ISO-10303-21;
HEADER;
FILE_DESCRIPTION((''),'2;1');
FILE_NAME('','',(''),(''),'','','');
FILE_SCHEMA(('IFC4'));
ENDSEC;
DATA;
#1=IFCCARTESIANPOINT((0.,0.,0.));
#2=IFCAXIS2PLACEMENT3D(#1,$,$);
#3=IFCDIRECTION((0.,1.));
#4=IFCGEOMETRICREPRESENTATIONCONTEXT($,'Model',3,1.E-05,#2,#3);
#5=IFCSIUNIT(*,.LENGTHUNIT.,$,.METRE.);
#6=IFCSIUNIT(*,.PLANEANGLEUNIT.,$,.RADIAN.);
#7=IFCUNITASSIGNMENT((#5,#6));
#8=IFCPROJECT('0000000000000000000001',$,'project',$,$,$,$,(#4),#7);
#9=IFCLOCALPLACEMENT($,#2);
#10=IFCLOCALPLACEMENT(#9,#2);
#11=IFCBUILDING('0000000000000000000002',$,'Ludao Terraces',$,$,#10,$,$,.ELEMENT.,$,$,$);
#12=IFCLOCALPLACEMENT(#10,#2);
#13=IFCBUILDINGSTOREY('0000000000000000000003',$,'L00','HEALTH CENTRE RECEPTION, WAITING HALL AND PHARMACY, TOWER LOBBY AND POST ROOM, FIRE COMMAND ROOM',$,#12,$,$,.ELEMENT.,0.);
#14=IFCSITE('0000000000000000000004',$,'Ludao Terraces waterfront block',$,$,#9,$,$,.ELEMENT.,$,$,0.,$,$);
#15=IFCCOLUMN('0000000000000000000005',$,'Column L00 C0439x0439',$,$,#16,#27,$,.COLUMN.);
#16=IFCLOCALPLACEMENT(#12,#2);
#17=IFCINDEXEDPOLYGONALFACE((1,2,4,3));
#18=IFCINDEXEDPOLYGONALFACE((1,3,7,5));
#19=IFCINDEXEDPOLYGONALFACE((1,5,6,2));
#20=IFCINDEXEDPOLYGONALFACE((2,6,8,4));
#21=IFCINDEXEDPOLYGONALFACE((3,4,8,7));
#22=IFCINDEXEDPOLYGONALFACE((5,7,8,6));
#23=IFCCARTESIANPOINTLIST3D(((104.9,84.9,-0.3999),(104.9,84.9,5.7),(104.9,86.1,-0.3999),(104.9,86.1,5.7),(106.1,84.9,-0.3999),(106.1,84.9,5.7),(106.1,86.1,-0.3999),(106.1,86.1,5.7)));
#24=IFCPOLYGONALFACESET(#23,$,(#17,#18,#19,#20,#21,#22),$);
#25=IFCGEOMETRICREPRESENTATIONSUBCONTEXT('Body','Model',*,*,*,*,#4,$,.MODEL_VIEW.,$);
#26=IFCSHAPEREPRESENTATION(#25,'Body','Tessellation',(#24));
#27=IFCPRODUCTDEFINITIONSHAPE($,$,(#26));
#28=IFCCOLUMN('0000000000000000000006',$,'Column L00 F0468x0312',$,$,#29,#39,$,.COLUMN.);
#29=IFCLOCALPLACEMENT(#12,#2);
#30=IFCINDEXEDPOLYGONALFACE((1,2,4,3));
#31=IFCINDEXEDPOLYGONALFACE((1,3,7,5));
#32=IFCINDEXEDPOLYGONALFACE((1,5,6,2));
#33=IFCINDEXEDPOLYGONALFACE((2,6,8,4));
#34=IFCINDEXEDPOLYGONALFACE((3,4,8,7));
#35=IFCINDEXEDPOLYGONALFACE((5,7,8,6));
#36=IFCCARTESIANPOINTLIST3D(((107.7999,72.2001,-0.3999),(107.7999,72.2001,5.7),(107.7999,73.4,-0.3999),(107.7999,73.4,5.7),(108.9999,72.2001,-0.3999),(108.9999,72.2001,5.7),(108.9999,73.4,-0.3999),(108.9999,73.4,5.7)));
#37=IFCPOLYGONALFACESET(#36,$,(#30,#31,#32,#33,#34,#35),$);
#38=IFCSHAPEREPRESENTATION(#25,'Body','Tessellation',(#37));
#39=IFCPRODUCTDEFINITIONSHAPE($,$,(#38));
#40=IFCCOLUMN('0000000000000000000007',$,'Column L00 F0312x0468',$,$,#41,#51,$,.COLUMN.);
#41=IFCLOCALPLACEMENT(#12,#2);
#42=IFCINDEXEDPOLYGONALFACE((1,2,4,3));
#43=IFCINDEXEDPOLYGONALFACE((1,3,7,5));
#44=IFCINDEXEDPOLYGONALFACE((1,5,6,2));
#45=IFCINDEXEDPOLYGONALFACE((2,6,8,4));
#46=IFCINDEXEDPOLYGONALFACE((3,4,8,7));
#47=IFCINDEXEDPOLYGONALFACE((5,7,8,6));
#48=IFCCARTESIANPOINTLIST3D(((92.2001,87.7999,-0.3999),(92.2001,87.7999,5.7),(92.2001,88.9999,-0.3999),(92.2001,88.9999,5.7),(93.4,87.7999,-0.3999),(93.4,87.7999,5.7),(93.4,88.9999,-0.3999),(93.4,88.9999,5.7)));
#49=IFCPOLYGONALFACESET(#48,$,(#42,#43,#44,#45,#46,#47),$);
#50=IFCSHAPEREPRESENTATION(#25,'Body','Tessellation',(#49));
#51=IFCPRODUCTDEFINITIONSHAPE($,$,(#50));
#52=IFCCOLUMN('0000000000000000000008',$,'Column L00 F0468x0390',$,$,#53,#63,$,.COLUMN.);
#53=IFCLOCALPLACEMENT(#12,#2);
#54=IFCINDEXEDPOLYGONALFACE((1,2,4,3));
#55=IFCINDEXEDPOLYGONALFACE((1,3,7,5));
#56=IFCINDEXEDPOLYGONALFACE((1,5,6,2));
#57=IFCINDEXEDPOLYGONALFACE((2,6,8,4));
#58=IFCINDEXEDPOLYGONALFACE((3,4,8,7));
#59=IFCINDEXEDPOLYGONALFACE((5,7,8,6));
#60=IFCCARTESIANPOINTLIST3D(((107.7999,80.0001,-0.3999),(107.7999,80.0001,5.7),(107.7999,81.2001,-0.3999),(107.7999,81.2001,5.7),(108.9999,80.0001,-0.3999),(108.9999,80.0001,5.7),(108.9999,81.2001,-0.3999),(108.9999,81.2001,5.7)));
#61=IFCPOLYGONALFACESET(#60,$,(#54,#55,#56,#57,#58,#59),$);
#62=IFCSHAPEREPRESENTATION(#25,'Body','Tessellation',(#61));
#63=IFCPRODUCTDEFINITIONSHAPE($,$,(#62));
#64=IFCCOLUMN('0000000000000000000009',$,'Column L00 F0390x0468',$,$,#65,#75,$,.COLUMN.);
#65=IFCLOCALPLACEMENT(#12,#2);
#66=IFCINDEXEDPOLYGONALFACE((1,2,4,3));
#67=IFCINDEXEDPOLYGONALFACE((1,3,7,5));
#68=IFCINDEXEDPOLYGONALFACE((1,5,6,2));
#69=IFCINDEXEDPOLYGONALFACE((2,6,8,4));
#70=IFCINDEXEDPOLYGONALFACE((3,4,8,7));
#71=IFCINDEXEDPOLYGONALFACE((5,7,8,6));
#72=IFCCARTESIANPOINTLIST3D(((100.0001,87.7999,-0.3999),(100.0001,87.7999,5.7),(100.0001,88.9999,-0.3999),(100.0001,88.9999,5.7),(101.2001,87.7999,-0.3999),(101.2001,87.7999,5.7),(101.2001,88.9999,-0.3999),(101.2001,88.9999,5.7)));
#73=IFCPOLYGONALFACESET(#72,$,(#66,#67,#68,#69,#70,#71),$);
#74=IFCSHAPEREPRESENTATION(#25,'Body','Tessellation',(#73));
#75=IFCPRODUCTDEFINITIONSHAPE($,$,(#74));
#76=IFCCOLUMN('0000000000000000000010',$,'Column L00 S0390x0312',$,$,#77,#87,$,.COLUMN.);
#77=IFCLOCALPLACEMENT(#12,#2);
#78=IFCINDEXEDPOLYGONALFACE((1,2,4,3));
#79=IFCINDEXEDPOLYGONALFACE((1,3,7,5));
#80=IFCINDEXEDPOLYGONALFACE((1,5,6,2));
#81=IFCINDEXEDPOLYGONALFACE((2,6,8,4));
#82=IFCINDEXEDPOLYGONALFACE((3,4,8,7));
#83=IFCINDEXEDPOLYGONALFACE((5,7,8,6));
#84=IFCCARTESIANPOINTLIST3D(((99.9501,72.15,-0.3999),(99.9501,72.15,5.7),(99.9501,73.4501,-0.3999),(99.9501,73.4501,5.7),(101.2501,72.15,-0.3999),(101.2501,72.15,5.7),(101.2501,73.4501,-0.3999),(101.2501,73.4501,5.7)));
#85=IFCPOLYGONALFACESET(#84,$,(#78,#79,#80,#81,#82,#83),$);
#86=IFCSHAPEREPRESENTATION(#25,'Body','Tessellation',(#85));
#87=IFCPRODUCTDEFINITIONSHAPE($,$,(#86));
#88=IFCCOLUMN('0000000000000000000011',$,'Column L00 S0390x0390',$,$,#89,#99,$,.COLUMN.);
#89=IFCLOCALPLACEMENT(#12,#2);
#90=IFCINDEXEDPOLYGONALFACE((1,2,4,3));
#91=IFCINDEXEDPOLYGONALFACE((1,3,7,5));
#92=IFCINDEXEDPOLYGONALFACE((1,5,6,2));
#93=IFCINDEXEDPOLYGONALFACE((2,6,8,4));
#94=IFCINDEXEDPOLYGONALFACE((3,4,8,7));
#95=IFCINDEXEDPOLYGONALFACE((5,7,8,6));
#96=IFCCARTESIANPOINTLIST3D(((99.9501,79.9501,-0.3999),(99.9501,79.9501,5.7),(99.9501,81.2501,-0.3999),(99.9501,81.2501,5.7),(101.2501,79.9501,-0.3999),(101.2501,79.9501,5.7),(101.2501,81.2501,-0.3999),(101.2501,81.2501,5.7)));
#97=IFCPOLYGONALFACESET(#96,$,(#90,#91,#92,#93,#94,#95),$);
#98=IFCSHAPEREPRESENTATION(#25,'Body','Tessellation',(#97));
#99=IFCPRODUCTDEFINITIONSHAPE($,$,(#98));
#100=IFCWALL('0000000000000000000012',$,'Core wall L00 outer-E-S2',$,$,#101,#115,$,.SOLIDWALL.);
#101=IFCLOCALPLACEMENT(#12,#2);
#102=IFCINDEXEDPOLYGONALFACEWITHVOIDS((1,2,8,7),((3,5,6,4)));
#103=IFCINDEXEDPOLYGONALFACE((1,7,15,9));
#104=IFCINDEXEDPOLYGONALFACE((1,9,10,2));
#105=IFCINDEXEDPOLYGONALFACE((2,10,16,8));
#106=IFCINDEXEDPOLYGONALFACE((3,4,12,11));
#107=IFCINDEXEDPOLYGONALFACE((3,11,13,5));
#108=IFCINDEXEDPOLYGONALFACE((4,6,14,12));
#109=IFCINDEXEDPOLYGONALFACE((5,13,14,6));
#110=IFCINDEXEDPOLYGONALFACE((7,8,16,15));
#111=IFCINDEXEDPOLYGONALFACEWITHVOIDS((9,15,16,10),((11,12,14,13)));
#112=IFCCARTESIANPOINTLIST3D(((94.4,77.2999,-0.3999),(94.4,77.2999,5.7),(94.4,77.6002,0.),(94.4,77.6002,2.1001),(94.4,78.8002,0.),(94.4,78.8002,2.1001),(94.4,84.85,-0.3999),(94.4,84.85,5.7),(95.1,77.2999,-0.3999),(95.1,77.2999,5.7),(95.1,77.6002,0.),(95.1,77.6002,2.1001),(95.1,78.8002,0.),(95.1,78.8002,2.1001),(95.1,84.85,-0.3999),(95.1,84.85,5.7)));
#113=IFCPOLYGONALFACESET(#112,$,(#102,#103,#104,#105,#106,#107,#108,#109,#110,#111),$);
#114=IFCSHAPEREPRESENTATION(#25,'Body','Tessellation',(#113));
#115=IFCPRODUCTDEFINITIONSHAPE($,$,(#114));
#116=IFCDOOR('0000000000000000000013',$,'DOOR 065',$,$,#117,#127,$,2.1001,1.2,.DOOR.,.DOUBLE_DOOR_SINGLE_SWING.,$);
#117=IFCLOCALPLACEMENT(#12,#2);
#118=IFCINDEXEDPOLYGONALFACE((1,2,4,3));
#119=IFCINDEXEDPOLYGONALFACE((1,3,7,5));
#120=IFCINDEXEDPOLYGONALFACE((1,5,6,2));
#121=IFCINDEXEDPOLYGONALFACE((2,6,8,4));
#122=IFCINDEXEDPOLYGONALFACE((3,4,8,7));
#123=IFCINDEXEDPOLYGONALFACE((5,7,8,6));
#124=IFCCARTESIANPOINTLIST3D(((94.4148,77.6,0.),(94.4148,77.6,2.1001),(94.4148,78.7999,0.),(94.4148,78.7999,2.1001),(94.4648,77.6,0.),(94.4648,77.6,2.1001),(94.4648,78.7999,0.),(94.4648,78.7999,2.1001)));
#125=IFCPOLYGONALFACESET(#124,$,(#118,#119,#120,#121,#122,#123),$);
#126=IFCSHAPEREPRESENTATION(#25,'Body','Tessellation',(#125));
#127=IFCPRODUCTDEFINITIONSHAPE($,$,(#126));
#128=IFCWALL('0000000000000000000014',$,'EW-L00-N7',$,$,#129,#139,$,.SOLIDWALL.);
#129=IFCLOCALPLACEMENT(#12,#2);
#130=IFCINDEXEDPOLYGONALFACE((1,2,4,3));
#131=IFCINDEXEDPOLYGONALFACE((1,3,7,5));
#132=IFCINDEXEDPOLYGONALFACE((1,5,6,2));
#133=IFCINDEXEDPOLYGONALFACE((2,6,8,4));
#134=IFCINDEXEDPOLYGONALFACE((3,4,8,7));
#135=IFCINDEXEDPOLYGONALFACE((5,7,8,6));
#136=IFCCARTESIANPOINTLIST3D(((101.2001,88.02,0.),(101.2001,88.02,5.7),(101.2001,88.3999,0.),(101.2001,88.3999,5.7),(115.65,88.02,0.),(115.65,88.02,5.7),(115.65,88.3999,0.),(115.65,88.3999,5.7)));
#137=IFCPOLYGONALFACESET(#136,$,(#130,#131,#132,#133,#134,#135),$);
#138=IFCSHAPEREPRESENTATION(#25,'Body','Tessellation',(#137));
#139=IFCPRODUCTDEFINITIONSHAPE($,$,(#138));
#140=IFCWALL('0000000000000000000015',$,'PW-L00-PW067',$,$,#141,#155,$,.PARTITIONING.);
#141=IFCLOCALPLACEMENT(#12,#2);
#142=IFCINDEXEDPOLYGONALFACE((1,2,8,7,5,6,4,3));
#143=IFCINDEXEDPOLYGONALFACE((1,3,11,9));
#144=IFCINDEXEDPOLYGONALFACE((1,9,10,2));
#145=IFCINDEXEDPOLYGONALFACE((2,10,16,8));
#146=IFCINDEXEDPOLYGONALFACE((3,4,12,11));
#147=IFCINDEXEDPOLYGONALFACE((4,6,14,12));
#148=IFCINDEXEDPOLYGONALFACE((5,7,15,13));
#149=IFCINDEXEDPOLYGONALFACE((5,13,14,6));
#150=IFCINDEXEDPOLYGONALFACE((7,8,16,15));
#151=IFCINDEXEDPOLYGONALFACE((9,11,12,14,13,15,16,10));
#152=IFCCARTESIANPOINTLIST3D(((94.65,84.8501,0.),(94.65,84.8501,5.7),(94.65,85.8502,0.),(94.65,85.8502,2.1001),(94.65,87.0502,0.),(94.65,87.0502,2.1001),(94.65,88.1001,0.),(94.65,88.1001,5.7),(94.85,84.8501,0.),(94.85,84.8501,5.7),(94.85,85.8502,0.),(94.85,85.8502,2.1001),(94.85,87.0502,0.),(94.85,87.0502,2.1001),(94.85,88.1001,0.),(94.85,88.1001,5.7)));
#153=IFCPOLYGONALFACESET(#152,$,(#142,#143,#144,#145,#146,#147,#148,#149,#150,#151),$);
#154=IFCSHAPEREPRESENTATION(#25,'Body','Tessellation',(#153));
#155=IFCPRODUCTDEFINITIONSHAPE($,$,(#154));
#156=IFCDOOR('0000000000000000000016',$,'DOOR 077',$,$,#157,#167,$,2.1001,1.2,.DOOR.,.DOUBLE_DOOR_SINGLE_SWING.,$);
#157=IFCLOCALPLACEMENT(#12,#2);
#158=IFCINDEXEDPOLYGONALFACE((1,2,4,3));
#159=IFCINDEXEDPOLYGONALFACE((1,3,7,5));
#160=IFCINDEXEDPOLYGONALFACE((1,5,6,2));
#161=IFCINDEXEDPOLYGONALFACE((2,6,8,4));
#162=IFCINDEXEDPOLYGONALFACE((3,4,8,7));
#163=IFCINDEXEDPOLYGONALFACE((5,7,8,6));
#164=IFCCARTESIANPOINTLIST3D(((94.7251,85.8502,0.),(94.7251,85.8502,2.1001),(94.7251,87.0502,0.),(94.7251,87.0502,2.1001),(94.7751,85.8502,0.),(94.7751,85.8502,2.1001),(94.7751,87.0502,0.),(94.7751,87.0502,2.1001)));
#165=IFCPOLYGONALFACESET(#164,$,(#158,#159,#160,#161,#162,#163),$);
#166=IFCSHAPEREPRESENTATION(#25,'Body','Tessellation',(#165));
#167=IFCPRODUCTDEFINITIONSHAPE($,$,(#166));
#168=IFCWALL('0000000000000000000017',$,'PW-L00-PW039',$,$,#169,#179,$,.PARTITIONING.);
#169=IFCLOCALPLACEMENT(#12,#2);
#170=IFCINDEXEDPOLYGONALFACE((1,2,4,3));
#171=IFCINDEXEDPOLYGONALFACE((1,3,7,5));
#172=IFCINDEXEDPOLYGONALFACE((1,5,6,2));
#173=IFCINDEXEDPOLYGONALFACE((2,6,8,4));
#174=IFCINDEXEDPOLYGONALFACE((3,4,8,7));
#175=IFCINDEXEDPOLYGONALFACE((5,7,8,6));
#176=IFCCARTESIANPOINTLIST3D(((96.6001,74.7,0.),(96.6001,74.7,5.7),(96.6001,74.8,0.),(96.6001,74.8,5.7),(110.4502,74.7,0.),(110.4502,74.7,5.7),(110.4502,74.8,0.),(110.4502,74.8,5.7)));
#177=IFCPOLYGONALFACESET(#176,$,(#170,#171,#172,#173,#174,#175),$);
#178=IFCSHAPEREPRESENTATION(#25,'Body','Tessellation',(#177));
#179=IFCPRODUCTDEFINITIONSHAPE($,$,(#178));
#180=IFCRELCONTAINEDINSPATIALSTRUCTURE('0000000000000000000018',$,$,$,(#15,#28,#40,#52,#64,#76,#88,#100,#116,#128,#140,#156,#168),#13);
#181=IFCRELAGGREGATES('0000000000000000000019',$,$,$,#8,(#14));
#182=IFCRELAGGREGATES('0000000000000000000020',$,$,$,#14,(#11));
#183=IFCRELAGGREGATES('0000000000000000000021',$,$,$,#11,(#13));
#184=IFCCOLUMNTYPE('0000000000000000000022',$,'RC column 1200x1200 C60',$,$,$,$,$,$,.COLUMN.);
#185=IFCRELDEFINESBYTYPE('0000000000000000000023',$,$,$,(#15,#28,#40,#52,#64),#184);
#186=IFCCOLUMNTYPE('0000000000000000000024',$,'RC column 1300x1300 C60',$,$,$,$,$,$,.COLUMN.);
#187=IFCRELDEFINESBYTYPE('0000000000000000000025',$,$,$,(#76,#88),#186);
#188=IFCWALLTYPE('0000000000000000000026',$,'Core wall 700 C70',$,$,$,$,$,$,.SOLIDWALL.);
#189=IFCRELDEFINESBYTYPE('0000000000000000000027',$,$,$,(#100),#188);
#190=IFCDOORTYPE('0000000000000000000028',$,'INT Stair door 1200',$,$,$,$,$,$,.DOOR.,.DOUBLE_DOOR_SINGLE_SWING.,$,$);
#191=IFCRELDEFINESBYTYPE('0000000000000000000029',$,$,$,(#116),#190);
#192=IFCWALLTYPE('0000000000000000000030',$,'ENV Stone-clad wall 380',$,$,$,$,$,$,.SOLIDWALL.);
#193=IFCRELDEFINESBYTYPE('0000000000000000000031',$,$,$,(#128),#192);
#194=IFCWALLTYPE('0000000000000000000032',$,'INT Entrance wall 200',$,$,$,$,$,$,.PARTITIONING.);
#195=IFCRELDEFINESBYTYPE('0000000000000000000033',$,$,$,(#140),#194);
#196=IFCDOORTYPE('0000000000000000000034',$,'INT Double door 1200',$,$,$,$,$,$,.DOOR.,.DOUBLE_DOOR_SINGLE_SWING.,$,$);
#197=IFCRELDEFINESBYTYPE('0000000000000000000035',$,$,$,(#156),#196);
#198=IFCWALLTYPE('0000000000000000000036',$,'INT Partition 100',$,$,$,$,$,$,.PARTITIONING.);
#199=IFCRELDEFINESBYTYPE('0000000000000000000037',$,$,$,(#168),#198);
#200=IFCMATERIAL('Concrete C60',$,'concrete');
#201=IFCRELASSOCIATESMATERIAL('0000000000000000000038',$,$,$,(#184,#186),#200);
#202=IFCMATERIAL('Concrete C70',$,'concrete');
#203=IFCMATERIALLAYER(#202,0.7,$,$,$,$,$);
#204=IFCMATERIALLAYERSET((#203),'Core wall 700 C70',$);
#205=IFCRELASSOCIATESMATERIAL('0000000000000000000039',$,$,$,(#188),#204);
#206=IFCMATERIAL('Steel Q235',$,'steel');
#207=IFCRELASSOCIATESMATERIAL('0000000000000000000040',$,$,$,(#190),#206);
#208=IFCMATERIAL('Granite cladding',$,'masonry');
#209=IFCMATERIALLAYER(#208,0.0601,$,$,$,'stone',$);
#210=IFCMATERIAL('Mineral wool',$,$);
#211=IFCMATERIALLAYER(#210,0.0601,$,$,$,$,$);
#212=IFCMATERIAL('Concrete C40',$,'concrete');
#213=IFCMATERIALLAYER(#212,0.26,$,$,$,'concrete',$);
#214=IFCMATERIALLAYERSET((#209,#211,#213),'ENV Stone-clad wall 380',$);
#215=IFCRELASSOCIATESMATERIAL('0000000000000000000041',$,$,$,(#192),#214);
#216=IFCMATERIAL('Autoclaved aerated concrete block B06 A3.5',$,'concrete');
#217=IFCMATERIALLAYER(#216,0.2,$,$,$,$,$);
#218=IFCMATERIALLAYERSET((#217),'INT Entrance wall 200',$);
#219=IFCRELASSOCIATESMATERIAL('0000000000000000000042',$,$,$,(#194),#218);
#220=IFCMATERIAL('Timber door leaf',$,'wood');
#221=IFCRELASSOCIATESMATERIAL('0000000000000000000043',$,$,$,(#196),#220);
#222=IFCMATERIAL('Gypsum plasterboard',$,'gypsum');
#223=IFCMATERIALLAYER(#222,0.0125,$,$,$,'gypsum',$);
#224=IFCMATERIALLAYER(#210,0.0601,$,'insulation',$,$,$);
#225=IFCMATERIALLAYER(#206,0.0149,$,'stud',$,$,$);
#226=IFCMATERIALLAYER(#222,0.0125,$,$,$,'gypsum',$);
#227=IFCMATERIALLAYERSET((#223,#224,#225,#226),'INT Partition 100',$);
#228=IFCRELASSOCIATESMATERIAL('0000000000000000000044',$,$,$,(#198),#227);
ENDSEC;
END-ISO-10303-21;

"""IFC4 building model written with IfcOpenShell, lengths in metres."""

from ifc_helpers import new_model, si_unit, direction, frame, frame_2d, origin, origin_2d, place, context, subcontext, project, spatial, rectangle, extrude, material, layer, layer_set, material_profile, profile_set, type_object, element, fill, save


model = new_model("IFC4")

# Units and contexts
model_context = context("Model", 3, precision=1e-05, world=origin(), true_north=direction((0.0, 1.0)))
body_context = subcontext(model_context, "Body", "Model", "MODEL_VIEW")
ifc_project = project(units=[si_unit("LENGTHUNIT", "METRE"), si_unit("PLANEANGLEUNIT", "RADIAN")], contexts=[model_context])

# Site, building, storey
site_placement = place(None, origin())
site = spatial("IfcSite", under=ifc_project, at=site_placement, Name="Ludao Terraces waterfront block", CompositionType="ELEMENT", RefElevation=0.0)
building_placement = place(site_placement, origin())
building = spatial("IfcBuilding", under=site, at=building_placement, Name="Ludao Terraces", CompositionType="ELEMENT")
storey_placement = place(building_placement, origin())
storey = spatial("IfcBuildingStorey", under=building, at=storey_placement, Name="L00", Description="HEALTH CENTRE RECEPTION, WAITING HALL AND PHARMACY, TOWER LOBBY AND POST ROOM, FIRE COMMAND ROOM", CompositionType="ELEMENT", Elevation=0.0)

# Columns
ifc_material_1 = material(Name="Concrete C60", Category="concrete")
ifc_material_profile_1 = material_profile(ifc_material_1, rectangle(XDim=1.2, YDim=1.2, at=origin_2d()), Name="1200 X 1200")
ifc_profile_set_1 = profile_set([ifc_material_profile_1], Name="Concrete C60")
column_type_1 = type_object("IfcColumnType", Name="RC column 1200x1200 C60", PredefinedType="COLUMN", material=ifc_profile_set_1)
for number, where, z_axis, x_axis, name in (
    (1, (105.5, 85.5, -0.3999), (0.0, 0.0, 1.0), (1.0, 0.0, 0.0), "Column L00 C0439x0439"),
    (2, (108.3999, 72.8, -0.3999), (0.0, 0.0, 1.0), (1.0, 0.0, 0.0), "Column L00 F0468x0312"),
    (3, (92.8, 88.3999, -0.3999), (0.0, 0.0, 1.0), (1.0, 0.0, 0.0), "Column L00 F0312x0468"),
    (4, (108.3999, 80.6001, -0.3999), (0.0, 0.0, 1.0), (1.0, 0.0, 0.0), "Column L00 F0468x0390"),
    (5, (100.6001, 88.3999, -0.3999), (0.0, 0.0, 1.0), (1.0, 0.0, 0.0), "Column L00 F0390x0468"),
):
    element("IfcColumn", number, at=place(storey_placement, frame(where, z_axis=z_axis, x_axis=x_axis)), inside=storey, type_object=column_type_1, Name=name, PredefinedType="COLUMN", context=body_context, shape_type="SweptSolid", body=[
        extrude(rectangle(XDim=1.2, YDim=1.2, at=origin_2d()), origin(), (0.0, 0.0, 1.0), 6.0999),
    ])
ifc_material_profile_2 = material_profile(ifc_material_1, rectangle(XDim=1.3, YDim=1.3, at=origin_2d()), Name="1300 X 1300")
ifc_profile_set_2 = profile_set([ifc_material_profile_2], Name="Concrete C60")
column_type_2 = type_object("IfcColumnType", Name="RC column 1300x1300 C60", PredefinedType="COLUMN", material=ifc_profile_set_2)
for number, where, z_axis, x_axis, name in (
    (6, (100.6001, 72.8, -0.3999), (0.0, 0.0, 1.0), (1.0, 0.0, 0.0), "Column L00 S0390x0312"),
    (7, (100.6001, 80.6001, -0.3999), (0.0, 0.0, 1.0), (1.0, 0.0, 0.0), "Column L00 S0390x0390"),
):
    element("IfcColumn", number, at=place(storey_placement, frame(where, z_axis=z_axis, x_axis=x_axis)), inside=storey, type_object=column_type_2, Name=name, PredefinedType="COLUMN", context=body_context, shape_type="SweptSolid", body=[
        extrude(rectangle(XDim=1.3, YDim=1.3, at=origin_2d()), origin(), (0.0, 0.0, 1.0), 6.0999),
    ])

# Wall, opening, door
ifc_material_2 = material(Name="Concrete C70", Category="concrete")
ifc_layer_1 = layer(ifc_material_2, 0.7)
ifc_layer_set_1 = layer_set([ifc_layer_1], Name="Core wall 700 C70")
wall_type_1 = type_object("IfcWallType", Name="Core wall 700 C70", PredefinedType="SOLIDWALL", material=ifc_layer_set_1)
wall_1_placement = place(storey_placement, frame((94.75, 77.3, -0.3999), z_axis=(0.0, 0.0, 1.0), x_axis=(0.0, 1.0, 0.0)))
wall_1 = element("IfcWall", 8, at=wall_1_placement, inside=storey, type_object=wall_type_1, Name="Core wall L00 outer-E-S2", PredefinedType="SOLIDWALL", context=body_context, shape_type="SweptSolid", body=[
    extrude(rectangle(XDim=7.55, YDim=0.7, at=frame_2d((3.7749, 0.0))), origin(), (0.0, 0.0, 1.0), 6.0999),
])
opening_1_placement = place(wall_1_placement, frame((0.3, 0.0, 0.3999)))
opening_1 = element("IfcOpeningElement", 9, at=opening_1_placement, cuts=wall_1, PredefinedType="OPENING", context=body_context, shape_type="SweptSolid", body=[
    extrude(rectangle(XDim=1.2, YDim=2.1001, at=frame_2d((0.6001, 1.05))), frame((0.0, 0.3599, 0.0), z_axis=(0.0, -1.0, 0.0), x_axis=(1.0, 0.0, 0.0)), (0.0, 0.0, 1.0), 0.72),
])
ifc_material_3 = material(Name="Steel Q235", Category="steel")
door_type_1 = type_object("IfcDoorType", Name="INT Stair door 1200", OperationType="DOUBLE_DOOR_SINGLE_SWING", PredefinedType="DOOR", material=ifc_material_3)
door_1_placement = place(opening_1_placement, frame((1.2, 0.0, 0.0), z_axis=(0.0, 0.0, 1.0), x_axis=(-1.0, 0.0, 0.0)))
door_1 = element("IfcDoor", 10, at=door_1_placement, inside=storey, type_object=door_type_1, Name="DOOR 065", OperationType="DOUBLE_DOOR_SINGLE_SWING", OverallHeight=2.1001, OverallWidth=1.2, PredefinedType="DOOR", context=body_context, shape_type="SweptSolid", body=[
    extrude(rectangle(XDim=1.2, YDim=2.1001, at=frame_2d((0.6001, 1.05))), frame((0.0, -0.2852, 0.0), z_axis=(0.0, -1.0, 0.0), x_axis=(1.0, 0.0, 0.0)), (0.0, 0.0, 1.0), 0.05),
])
fill(opening_1, door_1)
ifc_material_4 = material(Name="Granite cladding", Category="masonry")
ifc_layer_2 = layer(ifc_material_4, 0.0601, Category="stone")
ifc_material_5 = material(Name="Mineral wool")
ifc_layer_3 = layer(ifc_material_5, 0.0601)
ifc_material_6 = material(Name="Concrete C40", Category="concrete")
ifc_layer_4 = layer(ifc_material_6, 0.26, Category="concrete")
ifc_layer_set_2 = layer_set([ifc_layer_2, ifc_layer_3, ifc_layer_4], Name="ENV Stone-clad wall 380")
wall_type_2 = type_object("IfcWallType", Name="ENV Stone-clad wall 380", PredefinedType="SOLIDWALL", material=ifc_layer_set_2)

# Wall
wall_2_placement = place(storey_placement, frame((101.2, 88.21, 0.0), z_axis=(0.0, 0.0, 1.0), x_axis=(1.0, 0.0, 0.0)))
element("IfcWall", 11, at=wall_2_placement, inside=storey, type_object=wall_type_2, Name="EW-L00-N7", PredefinedType="SOLIDWALL", context=body_context, shape_type="SweptSolid", body=[
    extrude(rectangle(XDim=14.45, YDim=0.3799, at=frame_2d((7.2251, 0.0))), origin(), (0.0, 0.0, 1.0), 5.7),
])

# Wall, opening, door
ifc_material_7 = material(Name="Autoclaved aerated concrete block B06 A3.5", Category="concrete")
ifc_layer_5 = layer(ifc_material_7, 0.2)
ifc_layer_set_3 = layer_set([ifc_layer_5], Name="INT Entrance wall 200")
wall_type_3 = type_object("IfcWallType", Name="INT Entrance wall 200", PredefinedType="PARTITIONING", material=ifc_layer_set_3)
wall_3_placement = place(storey_placement, frame((94.75, 84.8501, 0.0), z_axis=(0.0, 0.0, 1.0), x_axis=(0.0, 1.0, 0.0)))
wall_3 = element("IfcWall", 12, at=wall_3_placement, inside=storey, type_object=wall_type_3, Name="PW-L00-PW067", PredefinedType="PARTITIONING", context=body_context, shape_type="SweptSolid", body=[
    extrude(rectangle(XDim=3.25, YDim=0.2, at=frame_2d((1.625, 0.0))), origin(), (0.0, 0.0, 1.0), 5.7),
])
opening_2_placement = place(wall_3_placement, frame((1.0, 0.0, 0.0)))
opening_2 = element("IfcOpeningElement", 13, at=opening_2_placement, cuts=wall_3, PredefinedType="OPENING", context=body_context, shape_type="SweptSolid", body=[
    extrude(rectangle(XDim=1.2, YDim=2.1001, at=frame_2d((0.6001, 1.05))), frame((0.0, 0.1099, 0.0), z_axis=(0.0, -1.0, 0.0), x_axis=(1.0, 0.0, 0.0)), (0.0, 0.0, 1.0), 0.22),
])
ifc_material_8 = material(Name="Timber door leaf", Category="wood")
door_type_2 = type_object("IfcDoorType", Name="INT Double door 1200", OperationType="DOUBLE_DOOR_SINGLE_SWING", PredefinedType="DOOR", material=ifc_material_8)
door_2_placement = place(opening_2_placement, origin())
door_2 = element("IfcDoor", 14, at=door_2_placement, inside=storey, type_object=door_type_2, Name="DOOR 077", OperationType="DOUBLE_DOOR_SINGLE_SWING", OverallHeight=2.1001, OverallWidth=1.2, PredefinedType="DOOR", context=body_context, shape_type="SweptSolid", body=[
    extrude(rectangle(XDim=1.2, YDim=2.1001, at=frame_2d((0.6001, 1.05))), frame((0.0, 0.0249, 0.0), z_axis=(0.0, -1.0, 0.0), x_axis=(1.0, 0.0, 0.0)), (0.0, 0.0, 1.0), 0.05),
])
fill(opening_2, door_2)

# Wall
ifc_material_9 = material(Name="Gypsum plasterboard", Category="gypsum")
ifc_layer_6 = layer(ifc_material_9, 0.0125, Category="gypsum")
ifc_layer_7 = layer(ifc_material_5, 0.0601, Name="insulation")
ifc_layer_8 = layer(ifc_material_3, 0.0149, Name="stud")
ifc_layer_9 = layer(ifc_material_9, 0.0125, Category="gypsum")
ifc_layer_set_4 = layer_set([ifc_layer_6, ifc_layer_7, ifc_layer_8, ifc_layer_9], Name="INT Partition 100")
wall_type_4 = type_object("IfcWallType", Name="INT Partition 100", PredefinedType="PARTITIONING", material=ifc_layer_set_4)
wall_4_placement = place(storey_placement, frame((96.6001, 74.75, 0.0), z_axis=(0.0, 0.0, 1.0), x_axis=(1.0, 0.0, 0.0)))
element("IfcWall", 15, at=wall_4_placement, inside=storey, type_object=wall_type_4, Name="PW-L00-PW039", PredefinedType="PARTITIONING", context=body_context, shape_type="SweptSolid", body=[
    extrude(rectangle(XDim=13.8501, YDim=0.1001, at=frame_2d((6.925, 0.0))), origin(), (0.0, 0.0, 1.0), 5.7),
])

save(model, "model.ifc")
